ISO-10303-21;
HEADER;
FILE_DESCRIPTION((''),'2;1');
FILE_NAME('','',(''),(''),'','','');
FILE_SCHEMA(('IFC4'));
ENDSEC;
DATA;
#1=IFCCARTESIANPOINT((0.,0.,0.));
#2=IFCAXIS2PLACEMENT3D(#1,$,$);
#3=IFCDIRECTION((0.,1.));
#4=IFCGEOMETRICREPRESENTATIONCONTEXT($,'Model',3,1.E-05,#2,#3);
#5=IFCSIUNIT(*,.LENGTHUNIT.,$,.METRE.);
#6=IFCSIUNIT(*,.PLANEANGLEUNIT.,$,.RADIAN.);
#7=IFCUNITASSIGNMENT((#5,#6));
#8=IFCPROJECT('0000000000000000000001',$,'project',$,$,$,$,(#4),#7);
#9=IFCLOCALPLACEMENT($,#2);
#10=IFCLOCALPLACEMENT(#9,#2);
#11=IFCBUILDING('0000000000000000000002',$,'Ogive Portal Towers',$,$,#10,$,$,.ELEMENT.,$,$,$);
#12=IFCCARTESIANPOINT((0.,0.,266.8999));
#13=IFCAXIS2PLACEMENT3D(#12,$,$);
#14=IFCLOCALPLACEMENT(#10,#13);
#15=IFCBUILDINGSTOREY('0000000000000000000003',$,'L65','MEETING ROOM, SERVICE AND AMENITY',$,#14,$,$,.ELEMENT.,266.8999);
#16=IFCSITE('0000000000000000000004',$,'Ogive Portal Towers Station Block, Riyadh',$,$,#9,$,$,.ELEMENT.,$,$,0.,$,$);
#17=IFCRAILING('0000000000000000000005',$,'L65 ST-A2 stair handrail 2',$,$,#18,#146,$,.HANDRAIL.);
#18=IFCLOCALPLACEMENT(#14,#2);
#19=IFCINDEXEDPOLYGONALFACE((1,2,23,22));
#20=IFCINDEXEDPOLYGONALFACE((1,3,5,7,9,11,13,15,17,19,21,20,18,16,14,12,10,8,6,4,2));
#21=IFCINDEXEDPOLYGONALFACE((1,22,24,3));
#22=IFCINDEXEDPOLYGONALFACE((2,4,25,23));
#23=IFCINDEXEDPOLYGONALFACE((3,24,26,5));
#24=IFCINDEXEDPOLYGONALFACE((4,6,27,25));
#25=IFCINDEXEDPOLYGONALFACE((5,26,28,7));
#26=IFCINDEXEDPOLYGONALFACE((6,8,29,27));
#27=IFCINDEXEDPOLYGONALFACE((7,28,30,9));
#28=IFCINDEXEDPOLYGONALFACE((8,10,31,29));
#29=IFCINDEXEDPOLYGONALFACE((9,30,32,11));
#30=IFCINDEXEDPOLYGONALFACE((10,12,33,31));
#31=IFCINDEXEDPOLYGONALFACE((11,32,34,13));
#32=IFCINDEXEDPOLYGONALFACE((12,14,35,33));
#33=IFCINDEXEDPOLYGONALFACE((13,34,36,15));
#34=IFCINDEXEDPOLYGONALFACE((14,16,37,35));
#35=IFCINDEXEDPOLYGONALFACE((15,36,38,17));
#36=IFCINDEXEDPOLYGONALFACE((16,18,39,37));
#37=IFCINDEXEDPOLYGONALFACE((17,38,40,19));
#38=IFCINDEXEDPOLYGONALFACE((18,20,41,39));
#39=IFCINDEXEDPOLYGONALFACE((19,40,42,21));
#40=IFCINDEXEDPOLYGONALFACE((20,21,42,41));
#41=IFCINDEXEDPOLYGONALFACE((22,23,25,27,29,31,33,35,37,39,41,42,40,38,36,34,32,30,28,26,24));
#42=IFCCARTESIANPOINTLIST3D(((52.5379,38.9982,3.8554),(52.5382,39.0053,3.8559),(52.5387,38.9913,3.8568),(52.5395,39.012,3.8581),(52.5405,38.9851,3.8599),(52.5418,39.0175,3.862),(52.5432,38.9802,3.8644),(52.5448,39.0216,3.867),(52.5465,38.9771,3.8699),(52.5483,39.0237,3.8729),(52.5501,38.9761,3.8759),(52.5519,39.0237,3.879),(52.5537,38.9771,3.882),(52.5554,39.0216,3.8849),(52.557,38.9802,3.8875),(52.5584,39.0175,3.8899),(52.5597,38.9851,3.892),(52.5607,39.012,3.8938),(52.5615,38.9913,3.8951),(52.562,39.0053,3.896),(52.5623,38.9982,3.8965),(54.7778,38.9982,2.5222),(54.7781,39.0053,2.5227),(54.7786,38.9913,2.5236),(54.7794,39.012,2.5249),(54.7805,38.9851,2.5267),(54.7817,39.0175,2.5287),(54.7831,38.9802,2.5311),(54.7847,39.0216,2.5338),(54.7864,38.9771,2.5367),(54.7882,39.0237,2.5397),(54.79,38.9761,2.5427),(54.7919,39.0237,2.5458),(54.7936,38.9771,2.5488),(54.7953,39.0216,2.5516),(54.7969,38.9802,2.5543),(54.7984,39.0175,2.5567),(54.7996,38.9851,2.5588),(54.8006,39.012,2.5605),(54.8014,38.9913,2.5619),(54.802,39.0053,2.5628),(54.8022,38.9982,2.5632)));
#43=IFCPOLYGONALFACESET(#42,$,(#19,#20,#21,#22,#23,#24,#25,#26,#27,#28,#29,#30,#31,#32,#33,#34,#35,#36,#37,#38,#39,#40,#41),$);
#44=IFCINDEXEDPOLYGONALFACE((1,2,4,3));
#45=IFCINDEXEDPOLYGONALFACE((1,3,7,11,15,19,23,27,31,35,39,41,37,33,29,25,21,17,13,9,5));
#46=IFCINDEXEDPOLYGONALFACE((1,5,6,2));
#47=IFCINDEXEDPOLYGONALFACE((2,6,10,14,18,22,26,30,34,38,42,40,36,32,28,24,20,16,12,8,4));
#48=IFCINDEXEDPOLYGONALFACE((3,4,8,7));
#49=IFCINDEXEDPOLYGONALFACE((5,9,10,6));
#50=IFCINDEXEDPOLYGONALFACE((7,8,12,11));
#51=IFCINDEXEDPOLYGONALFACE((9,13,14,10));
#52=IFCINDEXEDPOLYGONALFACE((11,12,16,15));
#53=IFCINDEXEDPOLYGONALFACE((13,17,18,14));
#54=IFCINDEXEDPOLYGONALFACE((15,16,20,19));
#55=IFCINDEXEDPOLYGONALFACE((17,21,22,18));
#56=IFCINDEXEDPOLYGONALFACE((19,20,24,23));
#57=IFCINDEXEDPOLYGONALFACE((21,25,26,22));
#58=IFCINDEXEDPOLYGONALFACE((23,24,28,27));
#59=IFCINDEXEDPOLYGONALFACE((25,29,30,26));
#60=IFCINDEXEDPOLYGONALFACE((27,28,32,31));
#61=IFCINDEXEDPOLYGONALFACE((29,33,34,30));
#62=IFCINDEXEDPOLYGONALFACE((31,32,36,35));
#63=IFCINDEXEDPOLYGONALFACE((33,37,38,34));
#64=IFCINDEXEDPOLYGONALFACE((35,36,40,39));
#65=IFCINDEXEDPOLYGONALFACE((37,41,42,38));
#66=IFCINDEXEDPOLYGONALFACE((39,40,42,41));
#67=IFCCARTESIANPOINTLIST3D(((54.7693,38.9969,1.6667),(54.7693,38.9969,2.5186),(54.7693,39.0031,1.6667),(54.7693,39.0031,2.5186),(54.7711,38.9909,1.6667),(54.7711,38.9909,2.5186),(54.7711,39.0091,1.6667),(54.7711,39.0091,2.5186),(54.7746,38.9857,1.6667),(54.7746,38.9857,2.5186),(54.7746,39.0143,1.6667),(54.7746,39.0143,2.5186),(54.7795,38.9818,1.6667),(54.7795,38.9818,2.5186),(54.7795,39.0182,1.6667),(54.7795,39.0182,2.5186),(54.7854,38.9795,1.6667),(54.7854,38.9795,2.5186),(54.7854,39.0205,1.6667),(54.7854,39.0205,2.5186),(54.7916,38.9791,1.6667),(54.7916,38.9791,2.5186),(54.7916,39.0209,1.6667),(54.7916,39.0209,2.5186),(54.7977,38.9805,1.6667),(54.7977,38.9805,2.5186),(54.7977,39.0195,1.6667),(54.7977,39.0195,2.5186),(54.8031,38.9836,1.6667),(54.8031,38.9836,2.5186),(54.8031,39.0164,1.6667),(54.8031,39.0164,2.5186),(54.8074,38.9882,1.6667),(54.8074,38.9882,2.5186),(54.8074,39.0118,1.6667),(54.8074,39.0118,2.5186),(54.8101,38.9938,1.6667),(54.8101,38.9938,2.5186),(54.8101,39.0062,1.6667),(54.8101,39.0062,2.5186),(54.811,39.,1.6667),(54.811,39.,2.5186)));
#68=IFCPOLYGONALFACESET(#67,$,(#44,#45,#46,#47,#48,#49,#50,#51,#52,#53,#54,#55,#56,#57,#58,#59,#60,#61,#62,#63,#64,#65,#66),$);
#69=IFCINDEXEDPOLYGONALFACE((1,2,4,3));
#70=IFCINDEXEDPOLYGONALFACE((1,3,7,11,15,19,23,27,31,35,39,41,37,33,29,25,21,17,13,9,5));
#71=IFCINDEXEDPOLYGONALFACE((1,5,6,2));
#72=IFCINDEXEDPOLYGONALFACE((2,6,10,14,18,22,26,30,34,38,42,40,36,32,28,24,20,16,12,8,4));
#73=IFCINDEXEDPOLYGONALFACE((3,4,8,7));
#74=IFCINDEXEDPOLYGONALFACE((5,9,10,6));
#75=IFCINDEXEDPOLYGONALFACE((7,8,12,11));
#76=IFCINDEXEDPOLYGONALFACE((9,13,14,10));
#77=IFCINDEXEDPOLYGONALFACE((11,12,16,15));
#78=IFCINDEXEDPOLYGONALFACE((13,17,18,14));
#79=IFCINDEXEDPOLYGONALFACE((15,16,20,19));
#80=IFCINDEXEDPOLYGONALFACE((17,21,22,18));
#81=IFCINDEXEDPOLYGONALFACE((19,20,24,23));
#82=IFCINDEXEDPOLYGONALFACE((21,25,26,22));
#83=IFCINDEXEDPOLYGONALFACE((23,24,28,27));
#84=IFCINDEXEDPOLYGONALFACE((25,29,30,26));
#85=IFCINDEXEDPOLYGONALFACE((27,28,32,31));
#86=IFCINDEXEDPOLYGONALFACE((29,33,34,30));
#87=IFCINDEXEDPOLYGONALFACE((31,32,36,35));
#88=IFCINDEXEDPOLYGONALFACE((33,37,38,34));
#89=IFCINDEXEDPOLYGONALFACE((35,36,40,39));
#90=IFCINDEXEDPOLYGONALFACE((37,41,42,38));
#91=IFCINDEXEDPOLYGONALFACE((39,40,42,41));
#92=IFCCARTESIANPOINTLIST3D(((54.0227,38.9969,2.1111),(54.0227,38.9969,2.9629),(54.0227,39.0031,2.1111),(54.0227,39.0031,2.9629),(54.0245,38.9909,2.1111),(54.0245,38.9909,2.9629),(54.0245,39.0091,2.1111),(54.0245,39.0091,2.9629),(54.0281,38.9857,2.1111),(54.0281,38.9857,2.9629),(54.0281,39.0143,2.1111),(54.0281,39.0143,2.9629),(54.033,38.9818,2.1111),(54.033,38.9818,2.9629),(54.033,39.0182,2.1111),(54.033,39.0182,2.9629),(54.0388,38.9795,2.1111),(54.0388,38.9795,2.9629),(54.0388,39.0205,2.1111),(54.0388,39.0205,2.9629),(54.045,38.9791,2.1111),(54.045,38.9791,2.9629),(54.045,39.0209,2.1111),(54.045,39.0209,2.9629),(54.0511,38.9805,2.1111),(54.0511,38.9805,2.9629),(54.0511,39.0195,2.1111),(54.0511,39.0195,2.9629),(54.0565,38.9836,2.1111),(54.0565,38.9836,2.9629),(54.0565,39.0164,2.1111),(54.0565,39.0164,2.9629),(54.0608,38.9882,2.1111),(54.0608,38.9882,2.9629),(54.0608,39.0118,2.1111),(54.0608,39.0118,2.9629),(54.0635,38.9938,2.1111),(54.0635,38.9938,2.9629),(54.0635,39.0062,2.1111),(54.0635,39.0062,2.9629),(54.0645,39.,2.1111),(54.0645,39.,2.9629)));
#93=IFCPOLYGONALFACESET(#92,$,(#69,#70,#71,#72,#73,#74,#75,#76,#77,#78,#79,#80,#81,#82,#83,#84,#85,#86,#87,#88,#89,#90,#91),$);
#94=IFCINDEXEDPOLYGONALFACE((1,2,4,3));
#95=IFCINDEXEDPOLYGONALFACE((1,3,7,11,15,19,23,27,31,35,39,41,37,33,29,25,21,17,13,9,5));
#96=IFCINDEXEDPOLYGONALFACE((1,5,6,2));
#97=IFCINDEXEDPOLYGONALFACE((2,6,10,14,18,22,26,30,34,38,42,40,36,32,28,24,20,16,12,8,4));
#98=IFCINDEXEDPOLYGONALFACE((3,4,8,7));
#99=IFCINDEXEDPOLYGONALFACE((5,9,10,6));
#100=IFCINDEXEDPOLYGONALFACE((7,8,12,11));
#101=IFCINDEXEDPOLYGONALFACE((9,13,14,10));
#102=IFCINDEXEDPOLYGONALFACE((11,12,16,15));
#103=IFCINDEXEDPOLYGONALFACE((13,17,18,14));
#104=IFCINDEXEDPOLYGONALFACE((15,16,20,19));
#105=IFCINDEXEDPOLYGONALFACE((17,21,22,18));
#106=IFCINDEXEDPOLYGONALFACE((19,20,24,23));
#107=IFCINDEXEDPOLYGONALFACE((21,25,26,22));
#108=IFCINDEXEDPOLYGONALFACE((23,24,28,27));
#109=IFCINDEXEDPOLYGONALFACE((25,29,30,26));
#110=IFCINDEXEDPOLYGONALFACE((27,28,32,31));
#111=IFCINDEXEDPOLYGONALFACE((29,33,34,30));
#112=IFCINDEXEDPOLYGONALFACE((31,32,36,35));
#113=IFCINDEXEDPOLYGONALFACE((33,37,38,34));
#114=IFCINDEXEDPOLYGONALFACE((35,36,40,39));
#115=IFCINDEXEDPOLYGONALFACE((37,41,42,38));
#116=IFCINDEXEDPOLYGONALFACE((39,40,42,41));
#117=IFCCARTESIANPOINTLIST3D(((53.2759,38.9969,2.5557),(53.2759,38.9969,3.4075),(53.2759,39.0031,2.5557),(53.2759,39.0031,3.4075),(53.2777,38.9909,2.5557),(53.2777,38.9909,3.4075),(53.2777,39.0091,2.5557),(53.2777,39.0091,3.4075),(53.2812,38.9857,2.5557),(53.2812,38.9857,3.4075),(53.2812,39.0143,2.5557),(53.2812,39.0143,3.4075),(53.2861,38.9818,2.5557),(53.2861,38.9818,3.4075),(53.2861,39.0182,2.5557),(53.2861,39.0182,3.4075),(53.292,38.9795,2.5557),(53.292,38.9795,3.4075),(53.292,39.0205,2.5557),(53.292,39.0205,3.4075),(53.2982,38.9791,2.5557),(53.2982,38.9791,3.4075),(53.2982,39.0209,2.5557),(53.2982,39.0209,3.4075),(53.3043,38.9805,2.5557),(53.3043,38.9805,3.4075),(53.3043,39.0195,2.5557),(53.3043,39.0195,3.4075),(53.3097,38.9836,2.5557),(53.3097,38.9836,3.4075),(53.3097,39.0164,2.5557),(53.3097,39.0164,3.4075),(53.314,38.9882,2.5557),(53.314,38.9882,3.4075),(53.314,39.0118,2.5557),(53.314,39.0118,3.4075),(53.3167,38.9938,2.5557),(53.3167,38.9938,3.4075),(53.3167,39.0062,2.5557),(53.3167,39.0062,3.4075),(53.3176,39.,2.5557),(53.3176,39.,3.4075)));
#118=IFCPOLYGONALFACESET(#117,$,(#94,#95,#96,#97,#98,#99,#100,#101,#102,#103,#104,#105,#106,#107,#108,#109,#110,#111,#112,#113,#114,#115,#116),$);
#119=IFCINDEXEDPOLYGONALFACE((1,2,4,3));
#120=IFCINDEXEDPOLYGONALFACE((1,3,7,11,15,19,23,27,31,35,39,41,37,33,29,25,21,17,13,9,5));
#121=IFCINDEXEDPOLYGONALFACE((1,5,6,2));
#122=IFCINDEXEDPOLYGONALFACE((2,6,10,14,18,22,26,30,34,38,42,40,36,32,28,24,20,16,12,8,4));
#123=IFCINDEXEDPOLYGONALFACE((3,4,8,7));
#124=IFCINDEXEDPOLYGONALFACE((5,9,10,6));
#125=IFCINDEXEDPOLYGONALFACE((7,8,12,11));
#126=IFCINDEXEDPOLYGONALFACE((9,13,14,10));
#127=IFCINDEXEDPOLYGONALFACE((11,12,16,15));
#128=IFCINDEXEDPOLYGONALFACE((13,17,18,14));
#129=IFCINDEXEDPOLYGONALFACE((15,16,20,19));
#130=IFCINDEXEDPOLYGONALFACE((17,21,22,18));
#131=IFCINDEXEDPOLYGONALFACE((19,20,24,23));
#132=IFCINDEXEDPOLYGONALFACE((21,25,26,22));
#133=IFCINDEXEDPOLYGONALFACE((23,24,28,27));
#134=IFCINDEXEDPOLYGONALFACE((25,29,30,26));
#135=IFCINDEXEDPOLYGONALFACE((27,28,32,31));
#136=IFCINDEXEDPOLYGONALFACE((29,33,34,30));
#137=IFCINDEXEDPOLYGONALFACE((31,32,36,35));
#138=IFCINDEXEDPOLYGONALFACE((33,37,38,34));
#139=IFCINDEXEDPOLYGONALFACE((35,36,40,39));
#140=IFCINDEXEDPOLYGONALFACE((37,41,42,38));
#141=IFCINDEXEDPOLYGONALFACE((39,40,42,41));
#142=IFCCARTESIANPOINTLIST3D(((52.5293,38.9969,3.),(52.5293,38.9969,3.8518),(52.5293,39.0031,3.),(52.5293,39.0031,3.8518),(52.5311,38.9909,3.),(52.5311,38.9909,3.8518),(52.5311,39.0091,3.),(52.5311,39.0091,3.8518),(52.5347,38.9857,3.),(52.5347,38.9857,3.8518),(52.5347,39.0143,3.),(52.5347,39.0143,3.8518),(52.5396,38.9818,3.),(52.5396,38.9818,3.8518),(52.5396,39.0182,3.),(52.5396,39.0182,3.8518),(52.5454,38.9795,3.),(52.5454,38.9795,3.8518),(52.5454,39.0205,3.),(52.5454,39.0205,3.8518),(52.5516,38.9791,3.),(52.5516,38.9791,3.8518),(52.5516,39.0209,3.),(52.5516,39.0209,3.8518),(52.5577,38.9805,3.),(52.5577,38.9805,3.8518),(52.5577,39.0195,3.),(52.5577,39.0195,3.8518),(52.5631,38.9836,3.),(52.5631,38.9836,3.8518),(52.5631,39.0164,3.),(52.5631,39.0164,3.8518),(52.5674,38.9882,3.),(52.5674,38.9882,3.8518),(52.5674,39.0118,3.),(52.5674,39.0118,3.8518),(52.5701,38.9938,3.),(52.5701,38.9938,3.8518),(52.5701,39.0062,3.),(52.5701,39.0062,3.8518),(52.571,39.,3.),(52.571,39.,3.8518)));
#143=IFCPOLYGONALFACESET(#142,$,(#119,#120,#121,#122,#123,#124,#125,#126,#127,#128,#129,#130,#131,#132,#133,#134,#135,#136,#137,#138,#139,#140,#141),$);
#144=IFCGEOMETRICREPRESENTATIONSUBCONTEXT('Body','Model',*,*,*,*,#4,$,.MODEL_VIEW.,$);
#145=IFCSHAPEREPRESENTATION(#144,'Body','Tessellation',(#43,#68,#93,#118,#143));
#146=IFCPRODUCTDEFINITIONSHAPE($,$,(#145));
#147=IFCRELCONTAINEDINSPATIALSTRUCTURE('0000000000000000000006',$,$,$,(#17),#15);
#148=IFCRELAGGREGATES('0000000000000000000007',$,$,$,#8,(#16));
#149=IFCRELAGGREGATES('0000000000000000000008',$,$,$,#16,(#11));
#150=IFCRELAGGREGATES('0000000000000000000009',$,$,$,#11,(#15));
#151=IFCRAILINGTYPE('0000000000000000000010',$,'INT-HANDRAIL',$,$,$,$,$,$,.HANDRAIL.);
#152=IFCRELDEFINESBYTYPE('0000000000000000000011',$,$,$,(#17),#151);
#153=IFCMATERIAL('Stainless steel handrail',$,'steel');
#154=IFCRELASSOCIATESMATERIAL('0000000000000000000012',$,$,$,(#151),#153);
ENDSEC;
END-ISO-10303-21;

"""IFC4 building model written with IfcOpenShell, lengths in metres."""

from ifc_helpers import new_model, si_unit, direction, frame, origin, origin_2d, place, context, subcontext, project, spatial, circle, extrude, material, type_object, element, save


model = new_model("IFC4")

# Units and contexts
model_context = context("Model", 3, precision=1e-05, world=origin(), true_north=direction((0.0, 1.0)))
body_context = subcontext(model_context, "Body", "Model", "MODEL_VIEW")
ifc_project = project(units=[si_unit("LENGTHUNIT", "METRE"), si_unit("PLANEANGLEUNIT", "RADIAN")], contexts=[model_context])

# Site, building, storey
site_placement = place(None, origin())
site = spatial("IfcSite", under=ifc_project, at=site_placement, Name="Ogive Portal Towers Station Block, Riyadh", CompositionType="ELEMENT", RefElevation=0.0)
building_placement = place(site_placement, origin())
building = spatial("IfcBuilding", under=site, at=building_placement, Name="Ogive Portal Towers", CompositionType="ELEMENT")
storey_placement = place(building_placement, frame((0.0, 0.0, 266.8999)))
storey = spatial("IfcBuildingStorey", under=building, at=storey_placement, Name="L65", Description="MEETING ROOM, SERVICE AND AMENITY", CompositionType="ELEMENT", Elevation=266.8999)

# Railing
ifc_material_1 = material(Name="Stainless steel handrail", Category="steel")
railing_type_1 = type_object("IfcRailingType", Name="INT-HANDRAIL", PredefinedType="HANDRAIL", material=ifc_material_1)
railing_1_placement = place(storey_placement, frame((54.79, 39.0, 1.6667)))
element("IfcRailing", 1, at=railing_1_placement, inside=storey, type_object=railing_type_1, Name="L65 ST-A2 stair handrail 2", PredefinedType="HANDRAIL", context=body_context, shape_type="SweptSolid", body=[
    extrude(circle(Radius=0.0239, at=origin_2d()), frame((0.0, 0.0, 0.876), z_axis=(-0.859306, 0.0, 0.511462), x_axis=(0.0, -1.0, 0.0)), (0.0, 0.0, 1.0), 2.6067),
    extrude(circle(Radius=0.021, at=origin_2d()), origin(), (0.0, 0.0, 1.0), 0.8518),
    extrude(circle(Radius=0.021, at=origin_2d()), frame((-0.7466, 0.0, 0.4443)), (0.0, 0.0, 1.0), 0.8518),
    extrude(circle(Radius=0.021, at=origin_2d()), frame((-1.4934, 0.0, 0.8889)), (0.0, 0.0, 1.0), 0.8518),
    extrude(circle(Radius=0.021, at=origin_2d()), frame((-2.24, 0.0, 1.3333)), (0.0, 0.0, 1.0), 0.8518),
])

save(model, "model.ifc")
